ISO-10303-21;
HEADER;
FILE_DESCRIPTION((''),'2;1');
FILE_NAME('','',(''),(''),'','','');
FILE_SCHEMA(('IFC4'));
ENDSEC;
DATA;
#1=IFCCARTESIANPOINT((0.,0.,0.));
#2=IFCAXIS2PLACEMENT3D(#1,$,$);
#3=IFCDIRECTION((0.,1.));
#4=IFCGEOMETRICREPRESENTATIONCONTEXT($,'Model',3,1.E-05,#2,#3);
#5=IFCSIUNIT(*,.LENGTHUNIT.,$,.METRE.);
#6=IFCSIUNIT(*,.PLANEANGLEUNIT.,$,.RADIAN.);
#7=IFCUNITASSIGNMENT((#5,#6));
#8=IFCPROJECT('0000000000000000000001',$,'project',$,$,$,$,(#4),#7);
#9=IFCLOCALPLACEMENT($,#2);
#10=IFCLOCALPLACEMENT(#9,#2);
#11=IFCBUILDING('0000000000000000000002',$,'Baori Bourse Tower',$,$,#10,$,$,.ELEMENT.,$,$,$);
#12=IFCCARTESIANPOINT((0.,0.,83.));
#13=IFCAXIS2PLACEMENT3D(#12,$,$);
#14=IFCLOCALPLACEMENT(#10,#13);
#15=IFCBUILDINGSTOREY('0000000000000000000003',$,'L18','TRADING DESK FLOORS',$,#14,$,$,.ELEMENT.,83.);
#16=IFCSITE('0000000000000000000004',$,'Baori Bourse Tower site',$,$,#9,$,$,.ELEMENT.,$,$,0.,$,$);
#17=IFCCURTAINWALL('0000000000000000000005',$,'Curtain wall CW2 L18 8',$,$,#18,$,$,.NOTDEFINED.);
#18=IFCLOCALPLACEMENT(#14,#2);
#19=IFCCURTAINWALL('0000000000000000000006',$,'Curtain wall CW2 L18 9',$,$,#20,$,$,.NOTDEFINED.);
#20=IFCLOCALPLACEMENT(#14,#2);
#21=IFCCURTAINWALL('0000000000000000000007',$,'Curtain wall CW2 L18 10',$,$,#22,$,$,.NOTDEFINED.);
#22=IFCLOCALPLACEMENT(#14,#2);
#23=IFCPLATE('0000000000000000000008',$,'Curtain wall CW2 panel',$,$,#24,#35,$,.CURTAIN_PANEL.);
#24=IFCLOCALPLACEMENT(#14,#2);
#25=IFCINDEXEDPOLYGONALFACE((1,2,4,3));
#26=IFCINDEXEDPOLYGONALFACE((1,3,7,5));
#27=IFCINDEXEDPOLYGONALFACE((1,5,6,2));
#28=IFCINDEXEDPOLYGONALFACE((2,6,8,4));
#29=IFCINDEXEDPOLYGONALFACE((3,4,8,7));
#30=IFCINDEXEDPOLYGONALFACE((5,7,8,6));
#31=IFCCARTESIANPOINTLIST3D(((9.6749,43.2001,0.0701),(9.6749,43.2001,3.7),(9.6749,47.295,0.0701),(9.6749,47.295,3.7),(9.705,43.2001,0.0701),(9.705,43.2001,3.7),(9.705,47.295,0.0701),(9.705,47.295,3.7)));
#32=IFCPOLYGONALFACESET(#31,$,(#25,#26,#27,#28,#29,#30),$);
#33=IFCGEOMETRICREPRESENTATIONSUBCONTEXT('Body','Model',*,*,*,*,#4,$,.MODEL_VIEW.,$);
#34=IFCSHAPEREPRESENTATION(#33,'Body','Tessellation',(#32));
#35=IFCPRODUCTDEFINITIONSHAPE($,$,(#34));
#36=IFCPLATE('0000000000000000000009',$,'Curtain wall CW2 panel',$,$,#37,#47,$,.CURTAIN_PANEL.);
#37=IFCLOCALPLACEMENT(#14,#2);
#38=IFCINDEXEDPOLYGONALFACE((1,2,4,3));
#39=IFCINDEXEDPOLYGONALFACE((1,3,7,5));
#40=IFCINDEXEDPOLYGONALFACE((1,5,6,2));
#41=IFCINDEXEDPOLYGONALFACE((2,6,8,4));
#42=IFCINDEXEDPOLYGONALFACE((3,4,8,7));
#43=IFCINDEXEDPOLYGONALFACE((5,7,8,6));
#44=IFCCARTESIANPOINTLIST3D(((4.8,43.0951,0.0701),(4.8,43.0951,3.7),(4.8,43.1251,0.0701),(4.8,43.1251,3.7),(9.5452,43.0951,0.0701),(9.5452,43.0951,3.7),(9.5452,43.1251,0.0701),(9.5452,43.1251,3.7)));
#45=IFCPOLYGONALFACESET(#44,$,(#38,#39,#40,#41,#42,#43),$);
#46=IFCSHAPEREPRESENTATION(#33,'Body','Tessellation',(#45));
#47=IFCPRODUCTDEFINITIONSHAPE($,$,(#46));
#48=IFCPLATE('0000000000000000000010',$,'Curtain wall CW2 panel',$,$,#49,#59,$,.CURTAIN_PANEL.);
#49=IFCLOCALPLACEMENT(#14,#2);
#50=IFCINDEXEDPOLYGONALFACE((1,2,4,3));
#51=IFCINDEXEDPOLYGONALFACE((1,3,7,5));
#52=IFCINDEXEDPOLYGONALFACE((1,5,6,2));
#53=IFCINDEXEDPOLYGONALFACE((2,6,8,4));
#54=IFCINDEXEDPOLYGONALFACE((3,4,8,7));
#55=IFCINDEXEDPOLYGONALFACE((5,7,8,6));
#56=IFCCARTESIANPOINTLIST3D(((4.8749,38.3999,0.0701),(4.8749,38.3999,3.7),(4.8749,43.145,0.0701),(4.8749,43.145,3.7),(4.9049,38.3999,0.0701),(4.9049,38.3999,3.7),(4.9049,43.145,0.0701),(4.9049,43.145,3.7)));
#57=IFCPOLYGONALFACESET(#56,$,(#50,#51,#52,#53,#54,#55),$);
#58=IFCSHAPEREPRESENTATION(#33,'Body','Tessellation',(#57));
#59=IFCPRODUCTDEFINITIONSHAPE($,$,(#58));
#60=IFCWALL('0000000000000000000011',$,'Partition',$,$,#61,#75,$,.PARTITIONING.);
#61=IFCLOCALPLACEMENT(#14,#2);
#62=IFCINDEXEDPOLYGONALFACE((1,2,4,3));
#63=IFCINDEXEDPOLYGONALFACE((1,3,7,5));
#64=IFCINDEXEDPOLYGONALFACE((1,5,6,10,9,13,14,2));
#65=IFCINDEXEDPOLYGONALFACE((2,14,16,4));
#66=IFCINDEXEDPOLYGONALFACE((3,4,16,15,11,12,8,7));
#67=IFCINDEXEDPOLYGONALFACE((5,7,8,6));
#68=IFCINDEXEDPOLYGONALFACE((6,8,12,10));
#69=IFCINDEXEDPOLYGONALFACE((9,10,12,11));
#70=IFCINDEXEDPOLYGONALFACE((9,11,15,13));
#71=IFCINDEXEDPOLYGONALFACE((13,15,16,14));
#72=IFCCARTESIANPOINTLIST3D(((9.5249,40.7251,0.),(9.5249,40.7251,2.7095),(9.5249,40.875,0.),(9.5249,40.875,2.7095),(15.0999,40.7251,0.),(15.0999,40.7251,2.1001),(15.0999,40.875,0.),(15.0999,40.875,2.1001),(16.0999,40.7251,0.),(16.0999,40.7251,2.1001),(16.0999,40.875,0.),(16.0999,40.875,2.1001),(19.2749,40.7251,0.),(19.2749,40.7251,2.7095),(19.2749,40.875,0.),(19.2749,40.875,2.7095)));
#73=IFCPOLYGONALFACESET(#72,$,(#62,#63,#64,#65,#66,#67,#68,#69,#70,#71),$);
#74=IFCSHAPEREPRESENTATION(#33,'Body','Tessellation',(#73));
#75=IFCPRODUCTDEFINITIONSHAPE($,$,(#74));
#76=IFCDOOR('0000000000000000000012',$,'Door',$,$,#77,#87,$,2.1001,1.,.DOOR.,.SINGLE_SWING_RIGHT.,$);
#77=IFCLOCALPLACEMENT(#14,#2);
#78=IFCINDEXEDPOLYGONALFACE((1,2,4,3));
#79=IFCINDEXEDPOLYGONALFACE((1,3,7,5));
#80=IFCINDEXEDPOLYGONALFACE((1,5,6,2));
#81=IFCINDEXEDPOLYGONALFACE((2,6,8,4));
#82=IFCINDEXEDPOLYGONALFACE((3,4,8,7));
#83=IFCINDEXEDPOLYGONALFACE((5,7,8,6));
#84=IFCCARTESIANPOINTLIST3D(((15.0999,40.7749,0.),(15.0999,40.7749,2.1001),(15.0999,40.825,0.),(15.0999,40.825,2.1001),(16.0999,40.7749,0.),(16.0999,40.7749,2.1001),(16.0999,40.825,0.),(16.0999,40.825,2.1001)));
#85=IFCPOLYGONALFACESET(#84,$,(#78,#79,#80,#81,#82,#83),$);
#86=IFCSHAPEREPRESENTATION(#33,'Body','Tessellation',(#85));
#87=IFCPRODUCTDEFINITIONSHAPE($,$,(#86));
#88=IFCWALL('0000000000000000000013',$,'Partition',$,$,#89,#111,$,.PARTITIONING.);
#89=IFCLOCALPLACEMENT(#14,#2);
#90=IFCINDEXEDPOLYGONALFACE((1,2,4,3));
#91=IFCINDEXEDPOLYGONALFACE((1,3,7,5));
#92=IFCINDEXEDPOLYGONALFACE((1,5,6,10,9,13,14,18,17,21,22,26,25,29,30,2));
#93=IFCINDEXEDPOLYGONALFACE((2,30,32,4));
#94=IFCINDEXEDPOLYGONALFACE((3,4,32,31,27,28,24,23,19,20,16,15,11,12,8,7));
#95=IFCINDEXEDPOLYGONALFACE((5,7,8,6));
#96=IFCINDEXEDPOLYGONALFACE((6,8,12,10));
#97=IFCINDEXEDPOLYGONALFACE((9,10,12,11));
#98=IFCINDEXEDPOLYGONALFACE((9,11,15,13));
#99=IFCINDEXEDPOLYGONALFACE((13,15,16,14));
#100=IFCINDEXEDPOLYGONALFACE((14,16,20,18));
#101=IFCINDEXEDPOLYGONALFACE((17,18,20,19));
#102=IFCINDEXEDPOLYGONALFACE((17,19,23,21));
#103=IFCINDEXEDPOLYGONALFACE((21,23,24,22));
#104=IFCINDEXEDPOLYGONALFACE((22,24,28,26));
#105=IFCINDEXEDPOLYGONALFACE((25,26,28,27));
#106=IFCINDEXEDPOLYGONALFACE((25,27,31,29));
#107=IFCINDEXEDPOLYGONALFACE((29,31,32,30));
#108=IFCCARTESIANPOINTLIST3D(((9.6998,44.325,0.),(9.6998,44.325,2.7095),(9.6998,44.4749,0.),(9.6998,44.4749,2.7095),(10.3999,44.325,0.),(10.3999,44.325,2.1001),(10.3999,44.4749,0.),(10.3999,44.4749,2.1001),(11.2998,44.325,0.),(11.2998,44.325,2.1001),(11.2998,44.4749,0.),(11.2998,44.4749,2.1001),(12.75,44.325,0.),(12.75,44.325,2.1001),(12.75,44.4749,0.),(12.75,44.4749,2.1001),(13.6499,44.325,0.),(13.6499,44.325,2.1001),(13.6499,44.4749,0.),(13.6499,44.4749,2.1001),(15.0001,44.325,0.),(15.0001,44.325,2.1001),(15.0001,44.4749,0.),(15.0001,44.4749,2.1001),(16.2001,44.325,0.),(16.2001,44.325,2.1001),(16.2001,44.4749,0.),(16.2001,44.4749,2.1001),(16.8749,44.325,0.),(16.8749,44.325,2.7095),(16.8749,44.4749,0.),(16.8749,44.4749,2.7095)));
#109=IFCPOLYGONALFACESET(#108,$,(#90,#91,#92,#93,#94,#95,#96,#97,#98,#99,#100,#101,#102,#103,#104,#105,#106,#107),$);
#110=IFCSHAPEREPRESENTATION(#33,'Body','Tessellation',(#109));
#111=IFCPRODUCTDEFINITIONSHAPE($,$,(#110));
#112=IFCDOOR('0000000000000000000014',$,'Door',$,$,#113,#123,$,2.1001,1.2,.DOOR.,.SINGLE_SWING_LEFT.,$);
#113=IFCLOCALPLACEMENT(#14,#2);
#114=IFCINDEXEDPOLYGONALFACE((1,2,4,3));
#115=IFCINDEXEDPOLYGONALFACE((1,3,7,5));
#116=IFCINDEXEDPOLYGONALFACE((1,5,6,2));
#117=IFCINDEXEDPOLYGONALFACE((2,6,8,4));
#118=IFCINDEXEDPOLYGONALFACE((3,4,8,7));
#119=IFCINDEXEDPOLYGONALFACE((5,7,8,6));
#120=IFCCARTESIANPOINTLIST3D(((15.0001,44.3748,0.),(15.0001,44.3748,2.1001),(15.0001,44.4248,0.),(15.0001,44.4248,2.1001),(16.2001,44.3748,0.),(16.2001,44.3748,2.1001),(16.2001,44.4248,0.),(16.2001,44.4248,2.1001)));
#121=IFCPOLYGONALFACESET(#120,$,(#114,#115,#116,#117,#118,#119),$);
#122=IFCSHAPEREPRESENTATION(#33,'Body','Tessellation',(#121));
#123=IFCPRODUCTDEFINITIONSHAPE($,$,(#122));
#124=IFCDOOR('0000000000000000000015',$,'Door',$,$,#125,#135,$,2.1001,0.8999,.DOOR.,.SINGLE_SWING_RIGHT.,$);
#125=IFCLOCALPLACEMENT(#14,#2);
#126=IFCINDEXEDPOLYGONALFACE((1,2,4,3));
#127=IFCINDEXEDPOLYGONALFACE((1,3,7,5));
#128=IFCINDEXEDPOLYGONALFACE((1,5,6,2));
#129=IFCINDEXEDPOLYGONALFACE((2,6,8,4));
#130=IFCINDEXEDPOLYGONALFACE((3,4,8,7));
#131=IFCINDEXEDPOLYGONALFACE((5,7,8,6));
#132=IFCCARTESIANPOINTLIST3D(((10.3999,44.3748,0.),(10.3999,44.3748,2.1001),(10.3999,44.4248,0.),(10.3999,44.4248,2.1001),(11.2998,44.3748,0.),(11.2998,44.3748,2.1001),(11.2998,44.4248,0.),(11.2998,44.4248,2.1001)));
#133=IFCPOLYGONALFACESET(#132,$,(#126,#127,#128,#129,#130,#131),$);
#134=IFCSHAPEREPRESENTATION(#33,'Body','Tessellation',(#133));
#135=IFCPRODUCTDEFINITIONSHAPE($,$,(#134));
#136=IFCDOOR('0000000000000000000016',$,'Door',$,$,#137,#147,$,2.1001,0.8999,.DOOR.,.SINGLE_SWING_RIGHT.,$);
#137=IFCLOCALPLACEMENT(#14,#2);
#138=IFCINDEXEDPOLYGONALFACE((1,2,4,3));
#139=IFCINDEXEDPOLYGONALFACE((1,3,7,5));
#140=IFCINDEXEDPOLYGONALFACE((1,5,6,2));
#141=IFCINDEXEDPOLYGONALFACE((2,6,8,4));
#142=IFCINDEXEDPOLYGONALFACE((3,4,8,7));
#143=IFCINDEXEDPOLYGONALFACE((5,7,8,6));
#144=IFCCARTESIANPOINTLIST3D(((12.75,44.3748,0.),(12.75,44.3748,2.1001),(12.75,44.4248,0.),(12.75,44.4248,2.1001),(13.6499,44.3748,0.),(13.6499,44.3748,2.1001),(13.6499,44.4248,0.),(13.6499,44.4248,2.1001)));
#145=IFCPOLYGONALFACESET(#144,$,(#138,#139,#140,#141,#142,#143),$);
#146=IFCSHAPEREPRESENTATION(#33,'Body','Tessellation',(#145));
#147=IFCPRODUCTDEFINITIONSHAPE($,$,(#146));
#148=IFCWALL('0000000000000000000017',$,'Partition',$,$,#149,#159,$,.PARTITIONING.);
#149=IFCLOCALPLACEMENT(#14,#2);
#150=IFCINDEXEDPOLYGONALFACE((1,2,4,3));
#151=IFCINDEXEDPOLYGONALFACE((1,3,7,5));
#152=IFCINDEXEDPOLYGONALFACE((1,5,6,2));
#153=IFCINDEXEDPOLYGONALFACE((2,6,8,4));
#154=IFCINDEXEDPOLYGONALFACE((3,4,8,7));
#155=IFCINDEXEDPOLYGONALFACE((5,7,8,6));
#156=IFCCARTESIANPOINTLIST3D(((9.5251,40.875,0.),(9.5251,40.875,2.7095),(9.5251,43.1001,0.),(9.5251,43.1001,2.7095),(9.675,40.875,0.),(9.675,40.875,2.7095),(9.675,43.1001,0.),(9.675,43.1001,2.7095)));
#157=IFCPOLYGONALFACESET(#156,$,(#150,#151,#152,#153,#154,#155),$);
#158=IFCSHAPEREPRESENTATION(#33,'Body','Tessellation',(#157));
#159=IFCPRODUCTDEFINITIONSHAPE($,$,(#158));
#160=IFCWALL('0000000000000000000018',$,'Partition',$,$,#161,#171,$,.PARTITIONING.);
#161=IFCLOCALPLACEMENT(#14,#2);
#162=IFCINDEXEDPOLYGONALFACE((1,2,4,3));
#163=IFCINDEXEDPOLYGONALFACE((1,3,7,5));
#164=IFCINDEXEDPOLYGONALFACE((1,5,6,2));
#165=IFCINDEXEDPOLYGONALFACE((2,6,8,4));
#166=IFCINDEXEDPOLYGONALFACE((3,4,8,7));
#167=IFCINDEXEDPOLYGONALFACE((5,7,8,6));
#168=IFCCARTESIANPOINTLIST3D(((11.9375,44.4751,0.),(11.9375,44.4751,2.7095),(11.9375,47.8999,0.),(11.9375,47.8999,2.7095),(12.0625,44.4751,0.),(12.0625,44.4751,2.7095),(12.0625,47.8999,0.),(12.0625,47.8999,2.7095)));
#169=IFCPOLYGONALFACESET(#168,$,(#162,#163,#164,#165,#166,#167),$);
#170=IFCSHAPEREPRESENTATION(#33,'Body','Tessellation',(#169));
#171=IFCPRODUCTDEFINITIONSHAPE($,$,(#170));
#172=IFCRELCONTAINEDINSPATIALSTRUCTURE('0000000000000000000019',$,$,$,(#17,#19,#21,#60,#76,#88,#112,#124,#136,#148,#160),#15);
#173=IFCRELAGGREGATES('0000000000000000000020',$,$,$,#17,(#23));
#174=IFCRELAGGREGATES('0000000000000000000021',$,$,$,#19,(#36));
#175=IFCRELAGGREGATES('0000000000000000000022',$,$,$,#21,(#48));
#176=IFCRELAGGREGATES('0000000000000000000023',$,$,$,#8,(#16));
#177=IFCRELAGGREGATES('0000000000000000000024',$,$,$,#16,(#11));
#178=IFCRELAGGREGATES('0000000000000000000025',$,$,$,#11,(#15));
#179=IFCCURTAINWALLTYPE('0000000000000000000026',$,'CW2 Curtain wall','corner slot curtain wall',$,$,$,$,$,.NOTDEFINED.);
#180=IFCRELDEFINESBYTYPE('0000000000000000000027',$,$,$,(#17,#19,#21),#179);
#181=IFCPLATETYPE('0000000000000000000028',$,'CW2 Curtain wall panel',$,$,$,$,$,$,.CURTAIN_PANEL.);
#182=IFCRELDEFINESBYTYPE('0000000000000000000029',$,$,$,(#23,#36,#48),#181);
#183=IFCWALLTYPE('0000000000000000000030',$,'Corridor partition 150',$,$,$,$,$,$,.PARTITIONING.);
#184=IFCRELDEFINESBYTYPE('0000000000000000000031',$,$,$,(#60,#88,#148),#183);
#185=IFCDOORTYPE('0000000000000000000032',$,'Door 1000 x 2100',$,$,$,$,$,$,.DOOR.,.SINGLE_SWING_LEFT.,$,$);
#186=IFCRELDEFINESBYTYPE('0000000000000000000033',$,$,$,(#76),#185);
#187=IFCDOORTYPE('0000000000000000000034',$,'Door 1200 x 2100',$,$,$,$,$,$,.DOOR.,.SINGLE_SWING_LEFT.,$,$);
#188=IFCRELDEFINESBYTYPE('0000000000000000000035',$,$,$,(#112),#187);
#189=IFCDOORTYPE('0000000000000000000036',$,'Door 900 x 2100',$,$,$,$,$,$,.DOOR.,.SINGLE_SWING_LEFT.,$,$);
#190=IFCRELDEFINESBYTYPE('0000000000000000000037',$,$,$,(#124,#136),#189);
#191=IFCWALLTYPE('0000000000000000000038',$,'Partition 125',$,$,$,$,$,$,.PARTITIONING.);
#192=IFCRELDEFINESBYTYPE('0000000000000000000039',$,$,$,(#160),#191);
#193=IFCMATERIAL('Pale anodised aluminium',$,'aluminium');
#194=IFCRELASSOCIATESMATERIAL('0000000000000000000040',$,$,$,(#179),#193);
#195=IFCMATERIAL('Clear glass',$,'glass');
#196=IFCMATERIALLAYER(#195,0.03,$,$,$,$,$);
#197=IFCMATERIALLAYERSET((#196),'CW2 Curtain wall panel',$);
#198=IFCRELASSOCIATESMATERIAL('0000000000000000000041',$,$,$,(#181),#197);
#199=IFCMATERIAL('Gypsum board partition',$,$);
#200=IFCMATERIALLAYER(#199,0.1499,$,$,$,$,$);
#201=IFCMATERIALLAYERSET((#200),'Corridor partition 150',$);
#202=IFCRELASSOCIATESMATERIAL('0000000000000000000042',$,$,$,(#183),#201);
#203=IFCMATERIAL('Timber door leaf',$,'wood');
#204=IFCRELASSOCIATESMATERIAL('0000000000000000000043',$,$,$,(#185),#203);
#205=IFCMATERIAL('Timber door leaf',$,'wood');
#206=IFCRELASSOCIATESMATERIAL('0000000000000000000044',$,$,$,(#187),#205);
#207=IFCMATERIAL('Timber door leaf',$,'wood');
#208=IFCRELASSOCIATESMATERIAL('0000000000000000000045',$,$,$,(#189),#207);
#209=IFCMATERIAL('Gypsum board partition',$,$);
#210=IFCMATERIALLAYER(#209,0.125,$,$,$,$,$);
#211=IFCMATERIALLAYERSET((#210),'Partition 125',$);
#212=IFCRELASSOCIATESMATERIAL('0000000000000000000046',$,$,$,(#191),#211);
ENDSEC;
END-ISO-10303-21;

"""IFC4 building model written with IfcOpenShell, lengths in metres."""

from ifc_helpers import new_model, si_unit, direction, frame, frame_2d, origin, origin_2d, place, context, subcontext, project, spatial, rectangle, extrude, material, layer, layer_set, type_object, element, fill, aggregate, save


model = new_model("IFC4")

# Units and contexts
model_context = context("Model", 3, precision=1e-05, world=origin(), true_north=direction((0.0, 1.0)))
body_context = subcontext(model_context, "Body", "Model", "MODEL_VIEW")
ifc_project = project(units=[si_unit("LENGTHUNIT", "METRE"), si_unit("PLANEANGLEUNIT", "RADIAN")], contexts=[model_context])

# Site, building, storey
site_placement = place(None, origin())
site = spatial("IfcSite", under=ifc_project, at=site_placement, Name="Baori Bourse Tower site", CompositionType="ELEMENT", RefElevation=0.0)
building_placement = place(site_placement, origin())
building = spatial("IfcBuilding", under=site, at=building_placement, Name="Baori Bourse Tower", CompositionType="ELEMENT")
storey_placement = place(building_placement, frame((0.0, 0.0, 83.0)))
storey = spatial("IfcBuildingStorey", under=building, at=storey_placement, Name="L18", Description="TRADING DESK FLOORS", CompositionType="ELEMENT", Elevation=83.0)

# Curtain walls
ifc_material_1 = material(Name="Pale anodised aluminium", Category="aluminium")
curtain_wall_type_1 = type_object("IfcCurtainWallType", Name="CW2 Curtain wall", Description="corner slot curtain wall", PredefinedType="NOTDEFINED", material=ifc_material_1)
curtain_wall_1_placement = place(storey_placement, origin())
curtain_wall_1 = element("IfcCurtainWall", 1, at=curtain_wall_1_placement, inside=storey, type_object=curtain_wall_type_1, Name="Curtain wall CW2 L18 8", PredefinedType="NOTDEFINED")
curtain_wall_2_placement = place(storey_placement, origin())
curtain_wall_2 = element("IfcCurtainWall", 2, at=curtain_wall_2_placement, inside=storey, type_object=curtain_wall_type_1, Name="Curtain wall CW2 L18 9", PredefinedType="NOTDEFINED")
curtain_wall_3_placement = place(storey_placement, origin())
curtain_wall_3 = element("IfcCurtainWall", 3, at=curtain_wall_3_placement, inside=storey, type_object=curtain_wall_type_1, Name="Curtain wall CW2 L18 10", PredefinedType="NOTDEFINED")

# Plates
ifc_material_2 = material(Name="Clear glass", Category="glass")
ifc_layer_1 = layer(ifc_material_2, 0.03)
ifc_layer_set_1 = layer_set([ifc_layer_1], Name="CW2 Curtain wall panel")
plate_type_1 = type_object("IfcPlateType", Name="CW2 Curtain wall panel", PredefinedType="CURTAIN_PANEL", material=ifc_layer_set_1)
plate_1_placement = place(storey_placement, frame((9.6899, 45.2476, 0.0701), z_axis=(0.0, 0.0, 1.0), x_axis=(0.0, -1.0, 0.0)))
plate_1 = element("IfcPlate", 4, at=plate_1_placement, type_object=plate_type_1, Name="Curtain wall CW2 panel", PredefinedType="CURTAIN_PANEL", context=body_context, shape_type="SweptSolid", body=[
    extrude(rectangle(XDim=4.095, YDim=0.03, at=origin_2d()), origin(), (0.0, 0.0, 1.0), 3.6299),
])
aggregate(curtain_wall_1, [plate_1])
plate_2_placement = place(storey_placement, frame((7.1726, 43.1101, 0.0701), z_axis=(0.0, 0.0, 1.0), x_axis=(-1.0, 0.0, 0.0)))
plate_2 = element("IfcPlate", 5, at=plate_2_placement, type_object=plate_type_1, Name="Curtain wall CW2 panel", PredefinedType="CURTAIN_PANEL", context=body_context, shape_type="SweptSolid", body=[
    extrude(rectangle(XDim=4.7451, YDim=0.03, at=origin_2d()), origin(), (0.0, 0.0, 1.0), 3.6299),
])
aggregate(curtain_wall_2, [plate_2])
plate_3_placement = place(storey_placement, frame((4.8899, 40.7725, 0.0701), z_axis=(0.0, 0.0, 1.0), x_axis=(0.0, -1.0, 0.0)))
plate_3 = element("IfcPlate", 6, at=plate_3_placement, type_object=plate_type_1, Name="Curtain wall CW2 panel", PredefinedType="CURTAIN_PANEL", context=body_context, shape_type="SweptSolid", body=[
    extrude(rectangle(XDim=4.7451, YDim=0.03, at=origin_2d()), origin(), (0.0, 0.0, 1.0), 3.6299),
])
aggregate(curtain_wall_3, [plate_3])

# Wall, opening, door
ifc_material_3 = material(Name="Gypsum board partition")
ifc_layer_2 = layer(ifc_material_3, 0.1499)
ifc_layer_set_2 = layer_set([ifc_layer_2], Name="Corridor partition 150")
wall_type_1 = type_object("IfcWallType", Name="Corridor partition 150", PredefinedType="PARTITIONING", material=ifc_layer_set_2)
wall_1_placement = place(storey_placement, frame((9.5249, 40.8, 0.0), z_axis=(0.0, 0.0, 1.0), x_axis=(1.0, 0.0, 0.0)))
wall_1 = element("IfcWall", 7, at=wall_1_placement, inside=storey, type_object=wall_type_1, Name="Partition", PredefinedType="PARTITIONING", context=body_context, shape_type="SweptSolid", body=[
    extrude(rectangle(XDim=9.75, YDim=0.1499, at=frame_2d((4.875, 0.0))), origin(), (0.0, 0.0, 1.0), 2.7095),
])
opening_1_placement = place(wall_1_placement, frame((5.575, 0.0, 0.0)))
opening_1 = element("IfcOpeningElement", 8, at=opening_1_placement, cuts=wall_1, PredefinedType="OPENING", context=body_context, shape_type="SweptSolid", body=[
    extrude(rectangle(XDim=1.0, YDim=2.1001, at=frame_2d((0.5, 1.05))), frame((0.0, 0.085, 0.0), z_axis=(0.0, -1.0, 0.0), x_axis=(1.0, 0.0, 0.0)), (0.0, 0.0, 1.0), 0.1699),
])
ifc_material_4 = material(Name="Timber door leaf", Category="wood")
door_type_1 = type_object("IfcDoorType", Name="Door 1000 x 2100", OperationType="SINGLE_SWING_LEFT", PredefinedType="DOOR", material=ifc_material_4)
door_1_placement = place(opening_1_placement, origin())
door_1 = element("IfcDoor", 9, at=door_1_placement, inside=storey, type_object=door_type_1, Name="Door", OperationType="SINGLE_SWING_RIGHT", OverallHeight=2.1001, OverallWidth=1.0, PredefinedType="DOOR", context=body_context, shape_type="SweptSolid", body=[
    extrude(rectangle(XDim=1.0, YDim=2.1001, at=frame_2d((0.5, 1.05))), frame((0.0, 0.0249, 0.0), z_axis=(0.0, -1.0, 0.0), x_axis=(1.0, 0.0, 0.0)), (0.0, 0.0, 1.0), 0.05),
])
fill(opening_1, door_1)

# Wall, openings, doors
wall_2_placement = place(storey_placement, frame((9.7, 44.3999, 0.0), z_axis=(0.0, 0.0, 1.0), x_axis=(1.0, 0.0, 0.0)))
wall_2 = element("IfcWall", 10, at=wall_2_placement, inside=storey, type_object=wall_type_1, Name="Partition", PredefinedType="PARTITIONING", context=body_context, shape_type="SweptSolid", body=[
    extrude(rectangle(XDim=7.175, YDim=0.1499, at=frame_2d((3.5874, 0.0))), origin(), (0.0, 0.0, 1.0), 2.7095),
])
opening_2_placement = place(wall_2_placement, frame((0.7, 0.0, 0.0)))
opening_2 = element("IfcOpeningElement", 11, at=opening_2_placement, cuts=wall_2, PredefinedType="OPENING", context=body_context, shape_type="SweptSolid", body=[
    extrude(rectangle(XDim=0.8999, YDim=2.1001, at=frame_2d((0.45, 1.05))), frame((0.0, 0.085, 0.0), z_axis=(0.0, -1.0, 0.0), x_axis=(1.0, 0.0, 0.0)), (0.0, 0.0, 1.0), 0.1699),
])
opening_3_placement = place(wall_2_placement, frame((3.05, 0.0, 0.0)))
opening_3 = element("IfcOpeningElement", 12, at=opening_3_placement, cuts=wall_2, PredefinedType="OPENING", context=body_context, shape_type="SweptSolid", body=[
    extrude(rectangle(XDim=0.8999, YDim=2.1001, at=frame_2d((0.45, 1.05))), frame((0.0, 0.085, 0.0), z_axis=(0.0, -1.0, 0.0), x_axis=(1.0, 0.0, 0.0)), (0.0, 0.0, 1.0), 0.1699),
])
opening_4_placement = place(wall_2_placement, frame((5.3, 0.0, 0.0)))
opening_4 = element("IfcOpeningElement", 13, at=opening_4_placement, cuts=wall_2, PredefinedType="OPENING", context=body_context, shape_type="SweptSolid", body=[
    extrude(rectangle(XDim=1.2, YDim=2.1001, at=frame_2d((0.6001, 1.05))), frame((0.0, 0.085, 0.0), z_axis=(0.0, -1.0, 0.0), x_axis=(1.0, 0.0, 0.0)), (0.0, 0.0, 1.0), 0.1699),
])
ifc_material_5 = material(Name="Timber door leaf", Category="wood")
door_type_2 = type_object("IfcDoorType", Name="Door 1200 x 2100", OperationType="SINGLE_SWING_LEFT", PredefinedType="DOOR", material=ifc_material_5)
door_2_placement = place(opening_4_placement, origin())
door_2 = element("IfcDoor", 14, at=door_2_placement, inside=storey, type_object=door_type_2, Name="Door", OperationType="SINGLE_SWING_LEFT", OverallHeight=2.1001, OverallWidth=1.2, PredefinedType="DOOR", context=body_context, shape_type="SweptSolid", body=[
    extrude(rectangle(XDim=1.2, YDim=2.1001, at=frame_2d((0.6001, 1.05))), frame((0.0, 0.0249, 0.0), z_axis=(0.0, -1.0, 0.0), x_axis=(1.0, 0.0, 0.0)), (0.0, 0.0, 1.0), 0.05),
])
fill(opening_4, door_2)
ifc_material_6 = material(Name="Timber door leaf", Category="wood")
door_type_3 = type_object("IfcDoorType", Name="Door 900 x 2100", OperationType="SINGLE_SWING_LEFT", PredefinedType="DOOR", material=ifc_material_6)
door_3_placement = place(opening_2_placement, origin())
door_3 = element("IfcDoor", 15, at=door_3_placement, inside=storey, type_object=door_type_3, Name="Door", OperationType="SINGLE_SWING_RIGHT", OverallHeight=2.1001, OverallWidth=0.8999, PredefinedType="DOOR", context=body_context, shape_type="SweptSolid", body=[
    extrude(rectangle(XDim=0.8999, YDim=2.1001, at=frame_2d((0.45, 1.05))), frame((0.0, 0.0249, 0.0), z_axis=(0.0, -1.0, 0.0), x_axis=(1.0, 0.0, 0.0)), (0.0, 0.0, 1.0), 0.05),
])
fill(opening_2, door_3)
door_4_placement = place(opening_3_placement, origin())
door_4 = element("IfcDoor", 16, at=door_4_placement, inside=storey, type_object=door_type_3, Name="Door", OperationType="SINGLE_SWING_RIGHT", OverallHeight=2.1001, OverallWidth=0.8999, PredefinedType="DOOR", context=body_context, shape_type="SweptSolid", body=[
    extrude(rectangle(XDim=0.8999, YDim=2.1001, at=frame_2d((0.45, 1.05))), frame((0.0, 0.0249, 0.0), z_axis=(0.0, -1.0, 0.0), x_axis=(1.0, 0.0, 0.0)), (0.0, 0.0, 1.0), 0.05),
])
fill(opening_3, door_4)

# Walls
wall_3_placement = place(storey_placement, frame((9.6001, 40.875, 0.0), z_axis=(0.0, 0.0, 1.0), x_axis=(0.0, 1.0, 0.0)))
element("IfcWall", 17, at=wall_3_placement, inside=storey, type_object=wall_type_1, Name="Partition", PredefinedType="PARTITIONING", context=body_context, shape_type="SweptSolid", body=[
    extrude(rectangle(XDim=2.2251, YDim=0.1499, at=frame_2d((1.1125, 0.0))), origin(), (0.0, 0.0, 1.0), 2.7095),
])
ifc_material_7 = material(Name="Gypsum board partition")
ifc_layer_3 = layer(ifc_material_7, 0.125)
ifc_layer_set_3 = layer_set([ifc_layer_3], Name="Partition 125")
wall_type_2 = type_object("IfcWallType", Name="Partition 125", PredefinedType="PARTITIONING", material=ifc_layer_set_3)
wall_4_placement = place(storey_placement, frame((12.0, 44.4751, 0.0), z_axis=(0.0, 0.0, 1.0), x_axis=(0.0, 1.0, 0.0)))
element("IfcWall", 18, at=wall_4_placement, inside=storey, type_object=wall_type_2, Name="Partition", PredefinedType="PARTITIONING", context=body_context, shape_type="SweptSolid", body=[
    extrude(rectangle(XDim=3.4248, YDim=0.125, at=frame_2d((1.7124, 0.0))), origin(), (0.0, 0.0, 1.0), 2.7095),
])

save(model, "model.ifc")
